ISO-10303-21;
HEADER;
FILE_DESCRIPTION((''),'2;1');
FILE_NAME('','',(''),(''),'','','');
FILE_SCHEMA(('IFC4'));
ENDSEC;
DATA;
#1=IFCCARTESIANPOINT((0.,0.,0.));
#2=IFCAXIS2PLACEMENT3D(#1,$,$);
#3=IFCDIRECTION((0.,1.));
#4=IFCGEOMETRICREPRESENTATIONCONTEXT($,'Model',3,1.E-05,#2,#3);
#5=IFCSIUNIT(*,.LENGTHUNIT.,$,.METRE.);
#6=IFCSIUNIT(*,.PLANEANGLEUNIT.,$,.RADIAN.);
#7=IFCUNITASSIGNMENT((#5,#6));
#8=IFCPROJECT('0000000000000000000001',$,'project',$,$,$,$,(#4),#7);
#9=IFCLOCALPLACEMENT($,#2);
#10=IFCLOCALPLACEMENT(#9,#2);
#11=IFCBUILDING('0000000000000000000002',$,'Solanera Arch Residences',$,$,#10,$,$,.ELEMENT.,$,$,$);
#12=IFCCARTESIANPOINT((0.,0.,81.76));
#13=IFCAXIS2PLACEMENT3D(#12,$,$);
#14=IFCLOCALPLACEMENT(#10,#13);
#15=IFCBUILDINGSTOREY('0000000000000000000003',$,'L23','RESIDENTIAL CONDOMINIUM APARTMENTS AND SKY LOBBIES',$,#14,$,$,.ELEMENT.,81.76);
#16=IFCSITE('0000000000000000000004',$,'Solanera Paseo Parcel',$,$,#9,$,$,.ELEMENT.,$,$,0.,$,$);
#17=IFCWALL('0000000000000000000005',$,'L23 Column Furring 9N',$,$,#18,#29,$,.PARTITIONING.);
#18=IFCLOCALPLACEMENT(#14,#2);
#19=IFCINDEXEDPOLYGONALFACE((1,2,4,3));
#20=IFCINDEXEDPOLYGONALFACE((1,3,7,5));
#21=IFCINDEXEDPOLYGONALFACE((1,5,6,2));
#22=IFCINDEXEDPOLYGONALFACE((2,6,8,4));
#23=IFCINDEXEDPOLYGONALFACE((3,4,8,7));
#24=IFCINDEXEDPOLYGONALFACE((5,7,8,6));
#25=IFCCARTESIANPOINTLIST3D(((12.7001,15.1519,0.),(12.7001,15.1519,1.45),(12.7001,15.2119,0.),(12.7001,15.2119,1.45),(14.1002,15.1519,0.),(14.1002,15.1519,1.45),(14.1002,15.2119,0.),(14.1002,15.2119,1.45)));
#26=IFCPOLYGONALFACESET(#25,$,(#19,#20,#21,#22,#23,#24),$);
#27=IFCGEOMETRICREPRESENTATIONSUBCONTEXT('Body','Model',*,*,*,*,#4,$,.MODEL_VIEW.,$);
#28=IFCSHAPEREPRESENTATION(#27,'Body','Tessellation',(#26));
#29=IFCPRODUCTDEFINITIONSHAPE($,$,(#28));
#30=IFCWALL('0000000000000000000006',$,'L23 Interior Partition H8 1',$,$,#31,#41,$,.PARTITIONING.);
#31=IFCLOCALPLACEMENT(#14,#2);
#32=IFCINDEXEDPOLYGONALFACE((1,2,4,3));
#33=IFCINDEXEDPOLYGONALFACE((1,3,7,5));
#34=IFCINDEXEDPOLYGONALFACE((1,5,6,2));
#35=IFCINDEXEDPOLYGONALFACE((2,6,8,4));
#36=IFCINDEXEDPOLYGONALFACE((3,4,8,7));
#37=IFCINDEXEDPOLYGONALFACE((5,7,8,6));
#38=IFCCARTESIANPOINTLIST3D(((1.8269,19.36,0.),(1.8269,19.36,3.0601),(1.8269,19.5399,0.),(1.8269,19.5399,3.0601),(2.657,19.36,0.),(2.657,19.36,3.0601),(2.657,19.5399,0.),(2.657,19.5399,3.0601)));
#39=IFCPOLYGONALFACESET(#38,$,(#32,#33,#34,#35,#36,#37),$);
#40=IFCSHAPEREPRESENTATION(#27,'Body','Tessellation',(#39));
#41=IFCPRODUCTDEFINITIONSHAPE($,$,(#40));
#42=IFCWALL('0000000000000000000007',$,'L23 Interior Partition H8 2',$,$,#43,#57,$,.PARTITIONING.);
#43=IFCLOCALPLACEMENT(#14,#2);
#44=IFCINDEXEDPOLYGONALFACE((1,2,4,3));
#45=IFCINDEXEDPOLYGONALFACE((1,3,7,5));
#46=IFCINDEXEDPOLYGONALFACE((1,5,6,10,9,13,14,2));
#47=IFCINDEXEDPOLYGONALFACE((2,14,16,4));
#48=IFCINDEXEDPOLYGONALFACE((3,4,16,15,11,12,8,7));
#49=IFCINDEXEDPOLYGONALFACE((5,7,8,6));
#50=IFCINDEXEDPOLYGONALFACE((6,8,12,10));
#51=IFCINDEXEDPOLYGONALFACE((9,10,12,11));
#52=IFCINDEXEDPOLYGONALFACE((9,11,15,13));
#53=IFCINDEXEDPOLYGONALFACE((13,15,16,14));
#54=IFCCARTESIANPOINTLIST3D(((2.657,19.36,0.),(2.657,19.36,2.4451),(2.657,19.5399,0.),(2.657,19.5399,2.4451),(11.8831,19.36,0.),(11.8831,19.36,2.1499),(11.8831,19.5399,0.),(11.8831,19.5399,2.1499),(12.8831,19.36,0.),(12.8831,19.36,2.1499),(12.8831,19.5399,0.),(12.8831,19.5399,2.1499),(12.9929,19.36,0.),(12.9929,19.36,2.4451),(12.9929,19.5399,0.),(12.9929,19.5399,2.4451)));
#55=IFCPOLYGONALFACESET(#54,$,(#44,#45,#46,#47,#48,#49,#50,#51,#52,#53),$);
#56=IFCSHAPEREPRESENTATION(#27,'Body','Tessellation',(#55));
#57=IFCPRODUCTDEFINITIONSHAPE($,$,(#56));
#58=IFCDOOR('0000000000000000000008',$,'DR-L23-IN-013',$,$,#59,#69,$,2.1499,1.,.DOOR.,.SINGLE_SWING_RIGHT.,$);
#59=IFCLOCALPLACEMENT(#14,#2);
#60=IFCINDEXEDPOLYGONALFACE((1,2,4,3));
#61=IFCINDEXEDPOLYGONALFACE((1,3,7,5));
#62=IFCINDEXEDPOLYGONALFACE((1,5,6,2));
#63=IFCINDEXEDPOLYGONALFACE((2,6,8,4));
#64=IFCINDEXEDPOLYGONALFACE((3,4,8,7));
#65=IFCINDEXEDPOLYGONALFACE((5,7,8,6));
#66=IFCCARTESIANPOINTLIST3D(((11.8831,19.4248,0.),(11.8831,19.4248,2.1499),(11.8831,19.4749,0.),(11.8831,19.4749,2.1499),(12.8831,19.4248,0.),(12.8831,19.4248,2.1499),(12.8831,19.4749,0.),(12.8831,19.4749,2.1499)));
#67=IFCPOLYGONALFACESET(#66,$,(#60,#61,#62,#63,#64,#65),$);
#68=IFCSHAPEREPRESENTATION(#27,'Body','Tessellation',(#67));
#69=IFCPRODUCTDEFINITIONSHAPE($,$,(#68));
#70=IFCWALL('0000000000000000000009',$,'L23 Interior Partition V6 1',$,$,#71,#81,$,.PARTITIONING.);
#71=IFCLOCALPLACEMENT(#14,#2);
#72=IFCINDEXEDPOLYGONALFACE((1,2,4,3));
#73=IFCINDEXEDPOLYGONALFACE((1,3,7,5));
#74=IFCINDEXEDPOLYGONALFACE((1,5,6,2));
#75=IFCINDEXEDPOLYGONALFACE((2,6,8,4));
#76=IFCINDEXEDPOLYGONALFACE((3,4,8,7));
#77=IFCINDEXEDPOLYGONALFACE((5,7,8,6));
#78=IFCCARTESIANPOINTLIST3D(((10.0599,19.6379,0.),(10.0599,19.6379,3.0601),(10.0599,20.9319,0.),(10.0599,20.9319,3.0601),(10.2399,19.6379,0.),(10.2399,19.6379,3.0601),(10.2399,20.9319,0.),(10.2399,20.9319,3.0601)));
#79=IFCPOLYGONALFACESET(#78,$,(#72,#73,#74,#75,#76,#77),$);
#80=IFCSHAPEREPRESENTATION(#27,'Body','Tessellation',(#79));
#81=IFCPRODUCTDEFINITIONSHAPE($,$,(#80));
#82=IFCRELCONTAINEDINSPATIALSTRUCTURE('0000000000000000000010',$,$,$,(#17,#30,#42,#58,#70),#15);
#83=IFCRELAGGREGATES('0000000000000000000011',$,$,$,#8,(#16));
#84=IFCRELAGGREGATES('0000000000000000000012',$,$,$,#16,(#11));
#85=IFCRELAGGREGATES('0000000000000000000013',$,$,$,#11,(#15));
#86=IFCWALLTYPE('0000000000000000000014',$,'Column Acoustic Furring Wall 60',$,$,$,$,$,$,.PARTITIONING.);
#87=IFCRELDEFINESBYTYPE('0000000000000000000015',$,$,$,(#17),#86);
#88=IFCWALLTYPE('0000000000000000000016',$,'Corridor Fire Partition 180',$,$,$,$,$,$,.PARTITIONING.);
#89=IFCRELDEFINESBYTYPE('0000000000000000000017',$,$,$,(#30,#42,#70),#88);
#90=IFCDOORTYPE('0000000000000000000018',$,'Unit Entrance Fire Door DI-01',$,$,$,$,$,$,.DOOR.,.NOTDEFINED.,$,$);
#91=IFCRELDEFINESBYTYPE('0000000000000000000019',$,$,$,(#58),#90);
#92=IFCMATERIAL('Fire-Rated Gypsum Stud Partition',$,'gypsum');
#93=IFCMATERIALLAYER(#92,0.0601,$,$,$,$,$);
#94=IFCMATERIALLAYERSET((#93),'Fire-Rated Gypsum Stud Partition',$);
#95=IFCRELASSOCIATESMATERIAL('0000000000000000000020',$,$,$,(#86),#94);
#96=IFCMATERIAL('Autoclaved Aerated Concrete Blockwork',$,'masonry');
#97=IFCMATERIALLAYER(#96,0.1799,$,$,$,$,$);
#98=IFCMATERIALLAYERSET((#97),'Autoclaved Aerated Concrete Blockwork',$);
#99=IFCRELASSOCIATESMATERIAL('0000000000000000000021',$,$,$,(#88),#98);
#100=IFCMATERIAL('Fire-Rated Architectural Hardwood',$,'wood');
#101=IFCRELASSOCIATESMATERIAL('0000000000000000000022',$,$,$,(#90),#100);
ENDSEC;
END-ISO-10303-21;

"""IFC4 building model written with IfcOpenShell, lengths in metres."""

from ifc_helpers import new_model, si_unit, direction, frame, frame_2d, origin, place, context, subcontext, project, spatial, rectangle, extrude, material, layer, layer_set, type_object, element, fill, save


model = new_model("IFC4")

# Units and contexts
model_context = context("Model", 3, precision=1e-05, world=origin(), true_north=direction((0.0, 1.0)))
body_context = subcontext(model_context, "Body", "Model", "MODEL_VIEW")
ifc_project = project(units=[si_unit("LENGTHUNIT", "METRE"), si_unit("PLANEANGLEUNIT", "RADIAN")], contexts=[model_context])

# Site, building, storey
site_placement = place(None, origin())
site = spatial("IfcSite", under=ifc_project, at=site_placement, Name="Solanera Paseo Parcel", CompositionType="ELEMENT", RefElevation=0.0)
building_placement = place(site_placement, origin())
building = spatial("IfcBuilding", under=site, at=building_placement, Name="Solanera Arch Residences", CompositionType="ELEMENT")
storey_placement = place(building_placement, frame((0.0, 0.0, 81.76)))
storey = spatial("IfcBuildingStorey", under=building, at=storey_placement, Name="L23", Description="RESIDENTIAL CONDOMINIUM APARTMENTS AND SKY LOBBIES", CompositionType="ELEMENT", Elevation=81.76)

# Walls
ifc_material_1 = material(Name="Fire-Rated Gypsum Stud Partition", Category="gypsum")
ifc_layer_1 = layer(ifc_material_1, 0.0601)
ifc_layer_set_1 = layer_set([ifc_layer_1], Name="Fire-Rated Gypsum Stud Partition")
wall_type_1 = type_object("IfcWallType", Name="Column Acoustic Furring Wall 60", PredefinedType="PARTITIONING", material=ifc_layer_set_1)
wall_1_placement = place(storey_placement, frame((12.7, 15.1819, 0.0), z_axis=(0.0, 0.0, 1.0), x_axis=(1.0, 0.0, 0.0)))
element("IfcWall", 1, at=wall_1_placement, inside=storey, type_object=wall_type_1, Name="L23 Column Furring 9N", PredefinedType="PARTITIONING", context=body_context, shape_type="SweptSolid", body=[
    extrude(rectangle(XDim=1.4001, YDim=0.0601, at=frame_2d((0.7002, 0.0))), origin(), (0.0, 0.0, 1.0), 1.45),
])
ifc_material_2 = material(Name="Autoclaved Aerated Concrete Blockwork", Category="masonry")
ifc_layer_2 = layer(ifc_material_2, 0.1799)
ifc_layer_set_2 = layer_set([ifc_layer_2], Name="Autoclaved Aerated Concrete Blockwork")
wall_type_2 = type_object("IfcWallType", Name="Corridor Fire Partition 180", PredefinedType="PARTITIONING", material=ifc_layer_set_2)
wall_2_placement = place(storey_placement, frame((1.8269, 19.45, 0.0), z_axis=(0.0, 0.0, 1.0), x_axis=(1.0, 0.0, 0.0)))
element("IfcWall", 2, at=wall_2_placement, inside=storey, type_object=wall_type_2, Name="L23 Interior Partition H8 1", PredefinedType="PARTITIONING", context=body_context, shape_type="SweptSolid", body=[
    extrude(rectangle(XDim=0.8301, YDim=0.1799, at=frame_2d((0.415, 0.0))), origin(), (0.0, 0.0, 1.0), 3.0601),
])

# Wall, opening, door
wall_3_placement = place(storey_placement, frame((2.657, 19.45, 0.0), z_axis=(0.0, 0.0, 1.0), x_axis=(1.0, 0.0, 0.0)))
wall_3 = element("IfcWall", 3, at=wall_3_placement, inside=storey, type_object=wall_type_2, Name="L23 Interior Partition H8 2", PredefinedType="PARTITIONING", context=body_context, shape_type="SweptSolid", body=[
    extrude(rectangle(XDim=10.3359, YDim=0.1799, at=frame_2d((5.168, 0.0))), origin(), (0.0, 0.0, 1.0), 2.4451),
])
opening_1_placement = place(wall_3_placement, frame((9.2261, 0.0, 0.0)))
opening_1 = element("IfcOpeningElement", 4, at=opening_1_placement, cuts=wall_3, PredefinedType="OPENING", context=body_context, shape_type="SweptSolid", body=[
    extrude(rectangle(XDim=1.0, YDim=2.1499, at=frame_2d((0.5, 1.075))), frame((0.0, 0.1001, 0.0), z_axis=(0.0, -1.0, 0.0), x_axis=(1.0, 0.0, 0.0)), (0.0, 0.0, 1.0), 0.1999),
])
ifc_material_3 = material(Name="Fire-Rated Architectural Hardwood", Category="wood")
door_type_1 = type_object("IfcDoorType", Name="Unit Entrance Fire Door DI-01", OperationType="NOTDEFINED", PredefinedType="DOOR", material=ifc_material_3)
door_1_placement = place(opening_1_placement, origin())
door_1 = element("IfcDoor", 5, at=door_1_placement, inside=storey, type_object=door_type_1, Name="DR-L23-IN-013", OperationType="SINGLE_SWING_RIGHT", OverallHeight=2.1499, OverallWidth=1.0, PredefinedType="DOOR", context=body_context, shape_type="SweptSolid", body=[
    extrude(rectangle(XDim=1.0, YDim=2.1499, at=frame_2d((0.5, 1.075))), frame((0.0, 0.0249, 0.0), z_axis=(0.0, -1.0, 0.0), x_axis=(1.0, 0.0, 0.0)), (0.0, 0.0, 1.0), 0.05),
])
fill(opening_1, door_1)

# Wall
wall_4_placement = place(storey_placement, frame((10.1499, 19.6379, 0.0), z_axis=(0.0, 0.0, 1.0), x_axis=(0.0, 1.0, 0.0)))
element("IfcWall", 6, at=wall_4_placement, inside=storey, type_object=wall_type_2, Name="L23 Interior Partition V6 1", PredefinedType="PARTITIONING", context=body_context, shape_type="SweptSolid", body=[
    extrude(rectangle(XDim=1.2939, YDim=0.1799, at=frame_2d((0.647, 0.0))), origin(), (0.0, 0.0, 1.0), 3.0601),
])

save(model, "model.ifc")
